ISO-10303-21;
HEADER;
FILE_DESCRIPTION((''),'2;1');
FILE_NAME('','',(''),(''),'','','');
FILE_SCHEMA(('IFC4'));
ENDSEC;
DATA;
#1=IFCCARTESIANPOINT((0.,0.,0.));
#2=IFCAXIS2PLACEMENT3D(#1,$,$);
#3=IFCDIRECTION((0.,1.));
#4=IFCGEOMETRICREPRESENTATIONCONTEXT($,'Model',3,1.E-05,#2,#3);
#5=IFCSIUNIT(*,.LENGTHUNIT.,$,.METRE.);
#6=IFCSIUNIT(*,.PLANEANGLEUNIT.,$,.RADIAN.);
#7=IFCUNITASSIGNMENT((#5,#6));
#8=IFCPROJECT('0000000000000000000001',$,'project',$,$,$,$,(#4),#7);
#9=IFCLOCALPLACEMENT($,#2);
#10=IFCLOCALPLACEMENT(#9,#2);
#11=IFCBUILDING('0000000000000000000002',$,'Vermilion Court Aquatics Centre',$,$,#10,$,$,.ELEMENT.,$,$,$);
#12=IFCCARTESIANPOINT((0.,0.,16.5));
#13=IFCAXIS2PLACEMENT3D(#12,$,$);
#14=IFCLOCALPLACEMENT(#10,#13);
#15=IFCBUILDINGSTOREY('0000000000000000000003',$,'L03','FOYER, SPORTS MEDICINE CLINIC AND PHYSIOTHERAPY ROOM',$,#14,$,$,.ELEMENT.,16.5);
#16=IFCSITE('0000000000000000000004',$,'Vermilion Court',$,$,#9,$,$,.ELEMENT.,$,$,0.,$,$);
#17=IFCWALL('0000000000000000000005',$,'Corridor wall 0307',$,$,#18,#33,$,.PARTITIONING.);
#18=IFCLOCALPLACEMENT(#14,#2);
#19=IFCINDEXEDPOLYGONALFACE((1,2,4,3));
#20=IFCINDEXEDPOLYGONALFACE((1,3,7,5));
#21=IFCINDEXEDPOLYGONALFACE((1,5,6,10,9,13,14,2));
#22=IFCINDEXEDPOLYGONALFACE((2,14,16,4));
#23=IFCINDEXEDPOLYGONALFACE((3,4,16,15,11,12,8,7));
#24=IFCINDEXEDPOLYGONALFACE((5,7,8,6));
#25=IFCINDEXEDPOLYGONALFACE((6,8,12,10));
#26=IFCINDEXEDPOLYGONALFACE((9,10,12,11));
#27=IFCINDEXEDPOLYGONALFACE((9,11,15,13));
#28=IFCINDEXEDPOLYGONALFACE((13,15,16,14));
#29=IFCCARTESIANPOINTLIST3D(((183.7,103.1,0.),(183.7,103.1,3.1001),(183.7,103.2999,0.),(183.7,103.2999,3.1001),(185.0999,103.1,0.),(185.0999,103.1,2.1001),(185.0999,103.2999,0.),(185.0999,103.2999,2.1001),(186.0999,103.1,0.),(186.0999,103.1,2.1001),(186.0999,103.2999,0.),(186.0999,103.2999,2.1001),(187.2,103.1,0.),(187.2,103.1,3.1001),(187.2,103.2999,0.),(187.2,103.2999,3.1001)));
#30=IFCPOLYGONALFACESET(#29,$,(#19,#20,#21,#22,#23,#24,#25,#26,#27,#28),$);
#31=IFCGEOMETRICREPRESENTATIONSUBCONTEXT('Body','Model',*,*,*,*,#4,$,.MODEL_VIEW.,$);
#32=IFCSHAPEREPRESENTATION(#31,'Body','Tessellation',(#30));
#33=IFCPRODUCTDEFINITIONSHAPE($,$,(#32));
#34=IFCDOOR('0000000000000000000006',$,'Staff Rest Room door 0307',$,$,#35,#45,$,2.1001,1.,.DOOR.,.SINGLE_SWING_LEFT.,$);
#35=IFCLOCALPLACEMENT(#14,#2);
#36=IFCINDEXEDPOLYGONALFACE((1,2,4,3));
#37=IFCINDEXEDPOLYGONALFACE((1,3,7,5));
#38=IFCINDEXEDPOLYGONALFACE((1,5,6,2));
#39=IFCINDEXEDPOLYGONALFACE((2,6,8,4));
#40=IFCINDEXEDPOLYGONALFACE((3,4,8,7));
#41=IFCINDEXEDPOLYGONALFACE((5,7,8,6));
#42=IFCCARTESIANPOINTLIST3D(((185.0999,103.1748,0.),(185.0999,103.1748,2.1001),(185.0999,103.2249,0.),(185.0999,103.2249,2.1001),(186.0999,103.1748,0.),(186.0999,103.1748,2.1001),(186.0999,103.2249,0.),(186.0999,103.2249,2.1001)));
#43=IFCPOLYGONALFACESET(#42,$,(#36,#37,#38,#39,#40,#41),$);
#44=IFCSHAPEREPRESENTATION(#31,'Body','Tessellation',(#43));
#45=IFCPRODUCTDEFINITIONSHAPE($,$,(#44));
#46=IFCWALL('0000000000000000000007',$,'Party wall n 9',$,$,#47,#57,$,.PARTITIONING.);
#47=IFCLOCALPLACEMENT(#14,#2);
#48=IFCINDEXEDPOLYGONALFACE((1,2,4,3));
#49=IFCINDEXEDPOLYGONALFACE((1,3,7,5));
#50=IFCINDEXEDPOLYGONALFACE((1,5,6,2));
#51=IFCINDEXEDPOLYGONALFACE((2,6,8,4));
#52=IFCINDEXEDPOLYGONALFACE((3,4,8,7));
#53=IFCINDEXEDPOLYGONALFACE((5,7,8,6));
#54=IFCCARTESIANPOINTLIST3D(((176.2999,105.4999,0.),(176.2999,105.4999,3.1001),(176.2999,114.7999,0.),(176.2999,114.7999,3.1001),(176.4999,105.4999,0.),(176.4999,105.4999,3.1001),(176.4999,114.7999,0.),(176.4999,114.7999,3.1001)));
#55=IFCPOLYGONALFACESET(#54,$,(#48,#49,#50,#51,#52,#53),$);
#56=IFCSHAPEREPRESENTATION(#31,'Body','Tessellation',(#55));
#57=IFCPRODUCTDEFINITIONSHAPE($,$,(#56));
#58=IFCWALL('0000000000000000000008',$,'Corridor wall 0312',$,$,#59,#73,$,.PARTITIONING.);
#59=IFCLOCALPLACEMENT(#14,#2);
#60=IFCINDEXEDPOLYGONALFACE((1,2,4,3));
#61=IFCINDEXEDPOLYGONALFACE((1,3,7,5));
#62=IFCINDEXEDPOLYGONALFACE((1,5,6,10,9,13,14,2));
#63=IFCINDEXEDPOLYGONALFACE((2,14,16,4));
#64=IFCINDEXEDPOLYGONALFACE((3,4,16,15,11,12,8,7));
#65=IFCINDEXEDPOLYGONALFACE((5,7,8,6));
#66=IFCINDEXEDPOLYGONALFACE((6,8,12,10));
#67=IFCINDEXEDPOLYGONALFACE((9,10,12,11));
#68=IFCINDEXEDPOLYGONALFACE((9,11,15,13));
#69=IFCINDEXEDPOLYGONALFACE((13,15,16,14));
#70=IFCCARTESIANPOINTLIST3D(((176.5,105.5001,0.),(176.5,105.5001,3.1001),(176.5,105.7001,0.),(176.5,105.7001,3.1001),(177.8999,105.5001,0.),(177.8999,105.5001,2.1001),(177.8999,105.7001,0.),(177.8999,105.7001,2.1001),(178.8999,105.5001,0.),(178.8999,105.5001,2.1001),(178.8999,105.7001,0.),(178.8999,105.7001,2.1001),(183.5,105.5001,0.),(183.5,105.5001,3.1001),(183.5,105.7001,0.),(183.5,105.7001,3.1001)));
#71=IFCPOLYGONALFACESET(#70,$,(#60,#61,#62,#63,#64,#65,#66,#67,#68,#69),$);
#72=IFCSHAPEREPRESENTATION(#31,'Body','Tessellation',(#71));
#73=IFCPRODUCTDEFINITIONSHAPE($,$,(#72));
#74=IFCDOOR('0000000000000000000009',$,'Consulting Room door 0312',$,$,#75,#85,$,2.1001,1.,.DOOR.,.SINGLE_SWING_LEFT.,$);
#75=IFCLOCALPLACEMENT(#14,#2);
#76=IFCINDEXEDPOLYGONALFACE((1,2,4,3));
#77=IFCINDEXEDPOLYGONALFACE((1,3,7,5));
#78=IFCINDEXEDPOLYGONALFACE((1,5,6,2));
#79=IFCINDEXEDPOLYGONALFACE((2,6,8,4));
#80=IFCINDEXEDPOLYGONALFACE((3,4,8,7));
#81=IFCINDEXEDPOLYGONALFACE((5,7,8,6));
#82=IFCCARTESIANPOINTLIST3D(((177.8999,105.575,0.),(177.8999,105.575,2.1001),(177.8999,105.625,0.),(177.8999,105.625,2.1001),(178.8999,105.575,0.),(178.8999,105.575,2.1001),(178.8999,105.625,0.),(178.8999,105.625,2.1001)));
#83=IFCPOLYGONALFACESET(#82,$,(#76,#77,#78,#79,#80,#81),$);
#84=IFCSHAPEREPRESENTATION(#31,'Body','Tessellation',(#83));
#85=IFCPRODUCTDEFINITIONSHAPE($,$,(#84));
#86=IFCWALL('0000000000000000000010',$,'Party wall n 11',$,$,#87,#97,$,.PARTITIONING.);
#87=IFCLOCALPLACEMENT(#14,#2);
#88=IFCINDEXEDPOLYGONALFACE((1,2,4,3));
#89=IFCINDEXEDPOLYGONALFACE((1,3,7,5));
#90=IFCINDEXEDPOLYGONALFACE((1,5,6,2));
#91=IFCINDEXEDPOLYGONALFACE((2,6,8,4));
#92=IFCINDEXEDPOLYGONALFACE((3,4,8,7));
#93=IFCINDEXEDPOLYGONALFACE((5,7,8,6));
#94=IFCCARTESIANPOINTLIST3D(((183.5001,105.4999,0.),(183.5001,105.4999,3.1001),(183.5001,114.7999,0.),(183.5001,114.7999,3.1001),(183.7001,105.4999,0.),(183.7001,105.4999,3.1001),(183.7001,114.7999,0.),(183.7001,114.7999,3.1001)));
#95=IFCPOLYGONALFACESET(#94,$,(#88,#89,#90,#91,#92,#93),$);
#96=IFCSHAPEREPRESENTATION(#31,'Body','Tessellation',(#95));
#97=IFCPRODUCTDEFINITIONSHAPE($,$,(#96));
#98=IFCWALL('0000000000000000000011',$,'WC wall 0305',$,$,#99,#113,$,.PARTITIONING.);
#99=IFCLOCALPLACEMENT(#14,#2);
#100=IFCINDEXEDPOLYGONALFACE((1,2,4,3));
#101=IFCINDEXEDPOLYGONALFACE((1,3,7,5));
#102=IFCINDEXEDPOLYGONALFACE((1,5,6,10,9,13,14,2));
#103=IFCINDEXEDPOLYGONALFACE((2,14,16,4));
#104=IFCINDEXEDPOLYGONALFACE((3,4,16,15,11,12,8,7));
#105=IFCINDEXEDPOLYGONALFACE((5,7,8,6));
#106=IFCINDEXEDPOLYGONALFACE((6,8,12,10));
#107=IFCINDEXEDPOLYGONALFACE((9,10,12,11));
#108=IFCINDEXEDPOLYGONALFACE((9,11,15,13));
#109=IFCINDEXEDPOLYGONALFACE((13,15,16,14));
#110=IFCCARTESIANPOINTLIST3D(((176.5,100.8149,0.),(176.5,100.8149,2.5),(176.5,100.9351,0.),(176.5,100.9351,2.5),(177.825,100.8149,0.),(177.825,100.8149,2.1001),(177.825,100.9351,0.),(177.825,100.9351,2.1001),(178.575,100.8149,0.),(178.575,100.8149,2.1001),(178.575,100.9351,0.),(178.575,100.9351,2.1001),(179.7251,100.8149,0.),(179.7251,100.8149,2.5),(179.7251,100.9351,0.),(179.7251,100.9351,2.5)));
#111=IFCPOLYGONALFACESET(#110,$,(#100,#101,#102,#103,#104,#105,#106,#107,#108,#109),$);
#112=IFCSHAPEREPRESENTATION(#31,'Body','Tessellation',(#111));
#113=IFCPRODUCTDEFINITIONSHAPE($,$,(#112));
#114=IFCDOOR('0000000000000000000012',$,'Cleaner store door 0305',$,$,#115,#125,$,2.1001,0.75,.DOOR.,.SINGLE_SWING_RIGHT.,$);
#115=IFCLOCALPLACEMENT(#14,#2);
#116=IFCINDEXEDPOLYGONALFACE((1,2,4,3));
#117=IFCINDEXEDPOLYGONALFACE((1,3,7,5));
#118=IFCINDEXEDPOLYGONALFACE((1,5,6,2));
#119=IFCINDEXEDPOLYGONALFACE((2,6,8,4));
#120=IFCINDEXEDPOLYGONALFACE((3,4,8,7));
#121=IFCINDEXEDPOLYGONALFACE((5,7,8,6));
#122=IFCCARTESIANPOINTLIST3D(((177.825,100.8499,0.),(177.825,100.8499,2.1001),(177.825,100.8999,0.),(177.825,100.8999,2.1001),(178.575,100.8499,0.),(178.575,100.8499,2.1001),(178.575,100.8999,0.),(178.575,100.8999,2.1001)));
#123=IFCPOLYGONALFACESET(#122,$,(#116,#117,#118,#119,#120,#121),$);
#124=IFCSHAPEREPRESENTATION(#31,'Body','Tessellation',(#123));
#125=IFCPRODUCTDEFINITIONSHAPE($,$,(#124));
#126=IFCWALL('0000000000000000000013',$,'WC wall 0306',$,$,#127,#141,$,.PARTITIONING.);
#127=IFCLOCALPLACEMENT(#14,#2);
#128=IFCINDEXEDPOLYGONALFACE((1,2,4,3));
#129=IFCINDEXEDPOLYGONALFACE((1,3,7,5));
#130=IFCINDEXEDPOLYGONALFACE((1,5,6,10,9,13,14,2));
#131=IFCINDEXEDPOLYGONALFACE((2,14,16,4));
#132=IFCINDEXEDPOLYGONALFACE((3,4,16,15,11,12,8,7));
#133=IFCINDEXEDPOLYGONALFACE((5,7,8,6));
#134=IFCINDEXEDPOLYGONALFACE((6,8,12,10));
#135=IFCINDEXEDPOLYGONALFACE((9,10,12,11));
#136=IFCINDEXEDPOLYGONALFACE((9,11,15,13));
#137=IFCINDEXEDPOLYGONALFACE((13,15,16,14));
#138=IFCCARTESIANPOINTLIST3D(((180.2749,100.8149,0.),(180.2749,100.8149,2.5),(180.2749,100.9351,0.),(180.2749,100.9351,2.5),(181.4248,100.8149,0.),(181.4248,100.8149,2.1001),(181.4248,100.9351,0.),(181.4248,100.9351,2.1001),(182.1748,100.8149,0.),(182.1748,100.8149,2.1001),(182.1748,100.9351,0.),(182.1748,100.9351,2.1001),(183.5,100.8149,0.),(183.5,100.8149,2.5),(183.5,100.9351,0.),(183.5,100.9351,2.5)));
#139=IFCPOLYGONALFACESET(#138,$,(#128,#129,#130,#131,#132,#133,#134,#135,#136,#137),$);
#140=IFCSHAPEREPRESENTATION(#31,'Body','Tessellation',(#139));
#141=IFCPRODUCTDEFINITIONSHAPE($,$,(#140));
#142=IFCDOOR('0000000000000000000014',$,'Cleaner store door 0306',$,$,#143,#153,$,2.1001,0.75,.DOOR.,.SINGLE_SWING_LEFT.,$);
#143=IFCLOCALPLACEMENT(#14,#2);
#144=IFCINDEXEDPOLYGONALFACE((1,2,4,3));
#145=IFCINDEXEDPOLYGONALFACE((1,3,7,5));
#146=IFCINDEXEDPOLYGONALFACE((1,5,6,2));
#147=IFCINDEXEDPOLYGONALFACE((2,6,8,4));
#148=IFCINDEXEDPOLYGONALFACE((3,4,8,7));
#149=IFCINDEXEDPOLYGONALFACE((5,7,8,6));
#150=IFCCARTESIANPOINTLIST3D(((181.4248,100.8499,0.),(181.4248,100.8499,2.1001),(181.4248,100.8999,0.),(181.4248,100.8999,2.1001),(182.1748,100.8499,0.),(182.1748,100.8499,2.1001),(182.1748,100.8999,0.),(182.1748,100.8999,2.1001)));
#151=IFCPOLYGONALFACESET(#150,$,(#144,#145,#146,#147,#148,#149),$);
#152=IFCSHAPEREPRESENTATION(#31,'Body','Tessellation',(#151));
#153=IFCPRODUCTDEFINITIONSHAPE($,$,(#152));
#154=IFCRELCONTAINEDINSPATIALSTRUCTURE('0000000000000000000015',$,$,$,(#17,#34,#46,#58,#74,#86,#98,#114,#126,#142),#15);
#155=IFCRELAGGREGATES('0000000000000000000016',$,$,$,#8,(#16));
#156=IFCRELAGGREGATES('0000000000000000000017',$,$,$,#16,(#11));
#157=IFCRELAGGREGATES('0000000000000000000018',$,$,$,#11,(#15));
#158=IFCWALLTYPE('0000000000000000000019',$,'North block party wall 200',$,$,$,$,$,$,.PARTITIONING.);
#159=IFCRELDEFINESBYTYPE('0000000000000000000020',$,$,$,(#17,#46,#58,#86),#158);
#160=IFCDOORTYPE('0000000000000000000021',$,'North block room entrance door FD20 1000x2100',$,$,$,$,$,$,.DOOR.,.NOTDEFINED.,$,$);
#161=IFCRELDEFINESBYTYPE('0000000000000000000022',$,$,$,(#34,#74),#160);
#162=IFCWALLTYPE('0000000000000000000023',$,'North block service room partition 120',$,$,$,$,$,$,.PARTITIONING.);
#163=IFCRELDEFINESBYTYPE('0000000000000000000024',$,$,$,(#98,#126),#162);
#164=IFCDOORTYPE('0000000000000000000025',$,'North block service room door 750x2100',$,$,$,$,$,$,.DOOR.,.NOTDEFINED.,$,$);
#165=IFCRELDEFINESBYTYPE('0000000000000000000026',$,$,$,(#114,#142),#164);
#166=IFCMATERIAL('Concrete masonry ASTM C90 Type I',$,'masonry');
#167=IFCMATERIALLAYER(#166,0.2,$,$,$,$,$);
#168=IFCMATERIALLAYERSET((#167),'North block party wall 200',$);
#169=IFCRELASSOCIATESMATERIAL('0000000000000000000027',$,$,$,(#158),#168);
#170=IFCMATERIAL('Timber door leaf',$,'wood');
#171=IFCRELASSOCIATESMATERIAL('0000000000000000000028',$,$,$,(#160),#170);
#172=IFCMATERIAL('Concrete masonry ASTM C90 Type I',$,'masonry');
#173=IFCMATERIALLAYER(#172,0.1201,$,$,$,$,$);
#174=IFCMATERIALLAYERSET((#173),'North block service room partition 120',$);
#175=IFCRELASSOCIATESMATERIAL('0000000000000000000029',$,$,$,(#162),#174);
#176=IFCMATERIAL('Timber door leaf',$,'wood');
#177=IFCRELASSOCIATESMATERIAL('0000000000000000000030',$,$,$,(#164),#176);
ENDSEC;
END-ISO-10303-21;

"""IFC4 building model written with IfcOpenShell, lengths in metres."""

from ifc_helpers import new_model, si_unit, direction, frame, frame_2d, origin, place, context, subcontext, project, spatial, rectangle, extrude, material, layer, layer_set, type_object, element, fill, save


model = new_model("IFC4")

# Units and contexts
model_context = context("Model", 3, precision=1e-05, world=origin(), true_north=direction((0.0, 1.0)))
body_context = subcontext(model_context, "Body", "Model", "MODEL_VIEW")
ifc_project = project(units=[si_unit("LENGTHUNIT", "METRE"), si_unit("PLANEANGLEUNIT", "RADIAN")], contexts=[model_context])

# Site, building, storey
site_placement = place(None, origin())
site = spatial("IfcSite", under=ifc_project, at=site_placement, Name="Vermilion Court", CompositionType="ELEMENT", RefElevation=0.0)
building_placement = place(site_placement, origin())
building = spatial("IfcBuilding", under=site, at=building_placement, Name="Vermilion Court Aquatics Centre", CompositionType="ELEMENT")
storey_placement = place(building_placement, frame((0.0, 0.0, 16.5)))
storey = spatial("IfcBuildingStorey", under=building, at=storey_placement, Name="L03", Description="FOYER, SPORTS MEDICINE CLINIC AND PHYSIOTHERAPY ROOM", CompositionType="ELEMENT", Elevation=16.5)

# Shared definitions
ifc_material_1 = material(Name="Concrete masonry ASTM C90 Type I", Category="masonry")
ifc_layer_1 = layer(ifc_material_1, 0.2)
ifc_layer_set_1 = layer_set([ifc_layer_1], Name="North block party wall 200")
wall_type_1 = type_object("IfcWallType", Name="North block party wall 200", PredefinedType="PARTITIONING", material=ifc_layer_set_1)

# Wall, opening, door
wall_1_placement = place(storey_placement, frame((183.7, 103.2, 0.0), z_axis=(0.0, 0.0, 1.0), x_axis=(1.0, 0.0, 0.0)))
wall_1 = element("IfcWall", 1, at=wall_1_placement, inside=storey, type_object=wall_type_1, Name="Corridor wall 0307", PredefinedType="PARTITIONING", context=body_context, shape_type="SweptSolid", body=[
    extrude(rectangle(XDim=3.5, YDim=0.2, at=frame_2d((1.75, 0.0))), origin(), (0.0, 0.0, 1.0), 3.1001),
])
opening_1_placement = place(wall_1_placement, frame((1.3999, 0.0, 0.0)))
opening_1 = element("IfcOpeningElement", 2, at=opening_1_placement, cuts=wall_1, PredefinedType="OPENING", context=body_context, shape_type="SweptSolid", body=[
    extrude(rectangle(XDim=1.0, YDim=2.1001, at=frame_2d((0.5, 1.05))), frame((0.0, 0.1099, 0.0), z_axis=(0.0, -1.0, 0.0), x_axis=(1.0, 0.0, 0.0)), (0.0, 0.0, 1.0), 0.22),
])
ifc_material_2 = material(Name="Timber door leaf", Category="wood")
door_type_1 = type_object("IfcDoorType", Name="North block room entrance door FD20 1000x2100", OperationType="NOTDEFINED", PredefinedType="DOOR", material=ifc_material_2)
door_1_placement = place(opening_1_placement, frame((1.0, 0.0, 0.0), z_axis=(0.0, 0.0, 1.0), x_axis=(-1.0, 0.0, 0.0)))
door_1 = element("IfcDoor", 3, at=door_1_placement, inside=storey, type_object=door_type_1, Name="Staff Rest Room door 0307", OperationType="SINGLE_SWING_LEFT", OverallHeight=2.1001, OverallWidth=1.0, PredefinedType="DOOR", context=body_context, shape_type="SweptSolid", body=[
    extrude(rectangle(XDim=1.0, YDim=2.1001, at=frame_2d((0.5, 1.05))), frame((0.0, 0.0251, 0.0), z_axis=(0.0, -1.0, 0.0), x_axis=(1.0, 0.0, 0.0)), (0.0, 0.0, 1.0), 0.05),
])
fill(opening_1, door_1)

# Wall
wall_2_placement = place(storey_placement, frame((176.3999, 105.5, 0.0), z_axis=(0.0, 0.0, 1.0), x_axis=(0.0, 1.0, 0.0)))
element("IfcWall", 4, at=wall_2_placement, inside=storey, type_object=wall_type_1, Name="Party wall n 9", PredefinedType="PARTITIONING", context=body_context, shape_type="SweptSolid", body=[
    extrude(rectangle(XDim=9.3, YDim=0.2, at=frame_2d((4.6499, 0.0))), origin(), (0.0, 0.0, 1.0), 3.1001),
])

# Wall, opening, door
wall_3_placement = place(storey_placement, frame((176.5, 105.6001, 0.0), z_axis=(0.0, 0.0, 1.0), x_axis=(1.0, 0.0, 0.0)))
wall_3 = element("IfcWall", 5, at=wall_3_placement, inside=storey, type_object=wall_type_1, Name="Corridor wall 0312", PredefinedType="PARTITIONING", context=body_context, shape_type="SweptSolid", body=[
    extrude(rectangle(XDim=7.0, YDim=0.2, at=frame_2d((3.5, 0.0))), origin(), (0.0, 0.0, 1.0), 3.1001),
])
opening_2_placement = place(wall_3_placement, frame((1.3999, 0.0, 0.0)))
opening_2 = element("IfcOpeningElement", 6, at=opening_2_placement, cuts=wall_3, PredefinedType="OPENING", context=body_context, shape_type="SweptSolid", body=[
    extrude(rectangle(XDim=1.0, YDim=2.1001, at=frame_2d((0.5, 1.05))), frame((0.0, 0.1099, 0.0), z_axis=(0.0, -1.0, 0.0), x_axis=(1.0, 0.0, 0.0)), (0.0, 0.0, 1.0), 0.22),
])
door_2_placement = place(opening_2_placement, origin())
door_2 = element("IfcDoor", 7, at=door_2_placement, inside=storey, type_object=door_type_1, Name="Consulting Room door 0312", OperationType="SINGLE_SWING_LEFT", OverallHeight=2.1001, OverallWidth=1.0, PredefinedType="DOOR", context=body_context, shape_type="SweptSolid", body=[
    extrude(rectangle(XDim=1.0, YDim=2.1001, at=frame_2d((0.5, 1.05))), frame((0.0, 0.0249, 0.0), z_axis=(0.0, -1.0, 0.0), x_axis=(1.0, 0.0, 0.0)), (0.0, 0.0, 1.0), 0.05),
])
fill(opening_2, door_2)

# Wall
wall_4_placement = place(storey_placement, frame((183.6001, 105.5, 0.0), z_axis=(0.0, 0.0, 1.0), x_axis=(0.0, 1.0, 0.0)))
element("IfcWall", 8, at=wall_4_placement, inside=storey, type_object=wall_type_1, Name="Party wall n 11", PredefinedType="PARTITIONING", context=body_context, shape_type="SweptSolid", body=[
    extrude(rectangle(XDim=9.3, YDim=0.2, at=frame_2d((4.6499, 0.0))), origin(), (0.0, 0.0, 1.0), 3.1001),
])

# Walls, openings, doors
ifc_material_3 = material(Name="Concrete masonry ASTM C90 Type I", Category="masonry")
ifc_layer_2 = layer(ifc_material_3, 0.1201)
ifc_layer_set_2 = layer_set([ifc_layer_2], Name="North block service room partition 120")
wall_type_2 = type_object("IfcWallType", Name="North block service room partition 120", PredefinedType="PARTITIONING", material=ifc_layer_set_2)
wall_5_placement = place(storey_placement, frame((176.5, 100.875, 0.0), z_axis=(0.0, 0.0, 1.0), x_axis=(1.0, 0.0, 0.0)))
wall_5 = element("IfcWall", 9, at=wall_5_placement, inside=storey, type_object=wall_type_2, Name="WC wall 0305", PredefinedType="PARTITIONING", context=body_context, shape_type="SweptSolid", body=[
    extrude(rectangle(XDim=3.2251, YDim=0.1201, at=frame_2d((1.6125, 0.0))), origin(), (0.0, 0.0, 1.0), 2.5),
])
opening_3_placement = place(wall_5_placement, frame((1.325, 0.0, 0.0)))
opening_3 = element("IfcOpeningElement", 10, at=opening_3_placement, cuts=wall_5, PredefinedType="OPENING", context=body_context, shape_type="SweptSolid", body=[
    extrude(rectangle(XDim=0.75, YDim=2.1001, at=frame_2d((0.375, 1.05))), frame((0.0, 0.0701, 0.0), z_axis=(0.0, -1.0, 0.0), x_axis=(1.0, 0.0, 0.0)), (0.0, 0.0, 1.0), 0.1401),
])
ifc_material_4 = material(Name="Timber door leaf", Category="wood")
door_type_2 = type_object("IfcDoorType", Name="North block service room door 750x2100", OperationType="NOTDEFINED", PredefinedType="DOOR", material=ifc_material_4)
door_3_placement = place(opening_3_placement, origin())
door_3 = element("IfcDoor", 11, at=door_3_placement, inside=storey, type_object=door_type_2, Name="Cleaner store door 0305", OperationType="SINGLE_SWING_RIGHT", OverallHeight=2.1001, OverallWidth=0.75, PredefinedType="DOOR", context=body_context, shape_type="SweptSolid", body=[
    extrude(rectangle(XDim=0.75, YDim=2.1001, at=frame_2d((0.375, 1.05))), frame((0.0, 0.0249, 0.0), z_axis=(0.0, -1.0, 0.0), x_axis=(1.0, 0.0, 0.0)), (0.0, 0.0, 1.0), 0.05),
])
fill(opening_3, door_3)
wall_6_placement = place(storey_placement, frame((180.2749, 100.875, 0.0), z_axis=(0.0, 0.0, 1.0), x_axis=(1.0, 0.0, 0.0)))
wall_6 = element("IfcWall", 12, at=wall_6_placement, inside=storey, type_object=wall_type_2, Name="WC wall 0306", PredefinedType="PARTITIONING", context=body_context, shape_type="SweptSolid", body=[
    extrude(rectangle(XDim=3.2251, YDim=0.1201, at=frame_2d((1.6125, 0.0))), origin(), (0.0, 0.0, 1.0), 2.5),
])
opening_4_placement = place(wall_6_placement, frame((1.1499, 0.0, 0.0)))
opening_4 = element("IfcOpeningElement", 13, at=opening_4_placement, cuts=wall_6, PredefinedType="OPENING", context=body_context, shape_type="SweptSolid", body=[
    extrude(rectangle(XDim=0.75, YDim=2.1001, at=frame_2d((0.375, 1.05))), frame((0.0, 0.0701, 0.0), z_axis=(0.0, -1.0, 0.0), x_axis=(1.0, 0.0, 0.0)), (0.0, 0.0, 1.0), 0.1401),
])
door_4_placement = place(opening_4_placement, origin())
door_4 = element("IfcDoor", 14, at=door_4_placement, inside=storey, type_object=door_type_2, Name="Cleaner store door 0306", OperationType="SINGLE_SWING_LEFT", OverallHeight=2.1001, OverallWidth=0.75, PredefinedType="DOOR", context=body_context, shape_type="SweptSolid", body=[
    extrude(rectangle(XDim=0.75, YDim=2.1001, at=frame_2d((0.375, 1.05))), frame((0.0, 0.0249, 0.0), z_axis=(0.0, -1.0, 0.0), x_axis=(1.0, 0.0, 0.0)), (0.0, 0.0, 1.0), 0.05),
])
fill(opening_4, door_4)

save(model, "model.ifc")
